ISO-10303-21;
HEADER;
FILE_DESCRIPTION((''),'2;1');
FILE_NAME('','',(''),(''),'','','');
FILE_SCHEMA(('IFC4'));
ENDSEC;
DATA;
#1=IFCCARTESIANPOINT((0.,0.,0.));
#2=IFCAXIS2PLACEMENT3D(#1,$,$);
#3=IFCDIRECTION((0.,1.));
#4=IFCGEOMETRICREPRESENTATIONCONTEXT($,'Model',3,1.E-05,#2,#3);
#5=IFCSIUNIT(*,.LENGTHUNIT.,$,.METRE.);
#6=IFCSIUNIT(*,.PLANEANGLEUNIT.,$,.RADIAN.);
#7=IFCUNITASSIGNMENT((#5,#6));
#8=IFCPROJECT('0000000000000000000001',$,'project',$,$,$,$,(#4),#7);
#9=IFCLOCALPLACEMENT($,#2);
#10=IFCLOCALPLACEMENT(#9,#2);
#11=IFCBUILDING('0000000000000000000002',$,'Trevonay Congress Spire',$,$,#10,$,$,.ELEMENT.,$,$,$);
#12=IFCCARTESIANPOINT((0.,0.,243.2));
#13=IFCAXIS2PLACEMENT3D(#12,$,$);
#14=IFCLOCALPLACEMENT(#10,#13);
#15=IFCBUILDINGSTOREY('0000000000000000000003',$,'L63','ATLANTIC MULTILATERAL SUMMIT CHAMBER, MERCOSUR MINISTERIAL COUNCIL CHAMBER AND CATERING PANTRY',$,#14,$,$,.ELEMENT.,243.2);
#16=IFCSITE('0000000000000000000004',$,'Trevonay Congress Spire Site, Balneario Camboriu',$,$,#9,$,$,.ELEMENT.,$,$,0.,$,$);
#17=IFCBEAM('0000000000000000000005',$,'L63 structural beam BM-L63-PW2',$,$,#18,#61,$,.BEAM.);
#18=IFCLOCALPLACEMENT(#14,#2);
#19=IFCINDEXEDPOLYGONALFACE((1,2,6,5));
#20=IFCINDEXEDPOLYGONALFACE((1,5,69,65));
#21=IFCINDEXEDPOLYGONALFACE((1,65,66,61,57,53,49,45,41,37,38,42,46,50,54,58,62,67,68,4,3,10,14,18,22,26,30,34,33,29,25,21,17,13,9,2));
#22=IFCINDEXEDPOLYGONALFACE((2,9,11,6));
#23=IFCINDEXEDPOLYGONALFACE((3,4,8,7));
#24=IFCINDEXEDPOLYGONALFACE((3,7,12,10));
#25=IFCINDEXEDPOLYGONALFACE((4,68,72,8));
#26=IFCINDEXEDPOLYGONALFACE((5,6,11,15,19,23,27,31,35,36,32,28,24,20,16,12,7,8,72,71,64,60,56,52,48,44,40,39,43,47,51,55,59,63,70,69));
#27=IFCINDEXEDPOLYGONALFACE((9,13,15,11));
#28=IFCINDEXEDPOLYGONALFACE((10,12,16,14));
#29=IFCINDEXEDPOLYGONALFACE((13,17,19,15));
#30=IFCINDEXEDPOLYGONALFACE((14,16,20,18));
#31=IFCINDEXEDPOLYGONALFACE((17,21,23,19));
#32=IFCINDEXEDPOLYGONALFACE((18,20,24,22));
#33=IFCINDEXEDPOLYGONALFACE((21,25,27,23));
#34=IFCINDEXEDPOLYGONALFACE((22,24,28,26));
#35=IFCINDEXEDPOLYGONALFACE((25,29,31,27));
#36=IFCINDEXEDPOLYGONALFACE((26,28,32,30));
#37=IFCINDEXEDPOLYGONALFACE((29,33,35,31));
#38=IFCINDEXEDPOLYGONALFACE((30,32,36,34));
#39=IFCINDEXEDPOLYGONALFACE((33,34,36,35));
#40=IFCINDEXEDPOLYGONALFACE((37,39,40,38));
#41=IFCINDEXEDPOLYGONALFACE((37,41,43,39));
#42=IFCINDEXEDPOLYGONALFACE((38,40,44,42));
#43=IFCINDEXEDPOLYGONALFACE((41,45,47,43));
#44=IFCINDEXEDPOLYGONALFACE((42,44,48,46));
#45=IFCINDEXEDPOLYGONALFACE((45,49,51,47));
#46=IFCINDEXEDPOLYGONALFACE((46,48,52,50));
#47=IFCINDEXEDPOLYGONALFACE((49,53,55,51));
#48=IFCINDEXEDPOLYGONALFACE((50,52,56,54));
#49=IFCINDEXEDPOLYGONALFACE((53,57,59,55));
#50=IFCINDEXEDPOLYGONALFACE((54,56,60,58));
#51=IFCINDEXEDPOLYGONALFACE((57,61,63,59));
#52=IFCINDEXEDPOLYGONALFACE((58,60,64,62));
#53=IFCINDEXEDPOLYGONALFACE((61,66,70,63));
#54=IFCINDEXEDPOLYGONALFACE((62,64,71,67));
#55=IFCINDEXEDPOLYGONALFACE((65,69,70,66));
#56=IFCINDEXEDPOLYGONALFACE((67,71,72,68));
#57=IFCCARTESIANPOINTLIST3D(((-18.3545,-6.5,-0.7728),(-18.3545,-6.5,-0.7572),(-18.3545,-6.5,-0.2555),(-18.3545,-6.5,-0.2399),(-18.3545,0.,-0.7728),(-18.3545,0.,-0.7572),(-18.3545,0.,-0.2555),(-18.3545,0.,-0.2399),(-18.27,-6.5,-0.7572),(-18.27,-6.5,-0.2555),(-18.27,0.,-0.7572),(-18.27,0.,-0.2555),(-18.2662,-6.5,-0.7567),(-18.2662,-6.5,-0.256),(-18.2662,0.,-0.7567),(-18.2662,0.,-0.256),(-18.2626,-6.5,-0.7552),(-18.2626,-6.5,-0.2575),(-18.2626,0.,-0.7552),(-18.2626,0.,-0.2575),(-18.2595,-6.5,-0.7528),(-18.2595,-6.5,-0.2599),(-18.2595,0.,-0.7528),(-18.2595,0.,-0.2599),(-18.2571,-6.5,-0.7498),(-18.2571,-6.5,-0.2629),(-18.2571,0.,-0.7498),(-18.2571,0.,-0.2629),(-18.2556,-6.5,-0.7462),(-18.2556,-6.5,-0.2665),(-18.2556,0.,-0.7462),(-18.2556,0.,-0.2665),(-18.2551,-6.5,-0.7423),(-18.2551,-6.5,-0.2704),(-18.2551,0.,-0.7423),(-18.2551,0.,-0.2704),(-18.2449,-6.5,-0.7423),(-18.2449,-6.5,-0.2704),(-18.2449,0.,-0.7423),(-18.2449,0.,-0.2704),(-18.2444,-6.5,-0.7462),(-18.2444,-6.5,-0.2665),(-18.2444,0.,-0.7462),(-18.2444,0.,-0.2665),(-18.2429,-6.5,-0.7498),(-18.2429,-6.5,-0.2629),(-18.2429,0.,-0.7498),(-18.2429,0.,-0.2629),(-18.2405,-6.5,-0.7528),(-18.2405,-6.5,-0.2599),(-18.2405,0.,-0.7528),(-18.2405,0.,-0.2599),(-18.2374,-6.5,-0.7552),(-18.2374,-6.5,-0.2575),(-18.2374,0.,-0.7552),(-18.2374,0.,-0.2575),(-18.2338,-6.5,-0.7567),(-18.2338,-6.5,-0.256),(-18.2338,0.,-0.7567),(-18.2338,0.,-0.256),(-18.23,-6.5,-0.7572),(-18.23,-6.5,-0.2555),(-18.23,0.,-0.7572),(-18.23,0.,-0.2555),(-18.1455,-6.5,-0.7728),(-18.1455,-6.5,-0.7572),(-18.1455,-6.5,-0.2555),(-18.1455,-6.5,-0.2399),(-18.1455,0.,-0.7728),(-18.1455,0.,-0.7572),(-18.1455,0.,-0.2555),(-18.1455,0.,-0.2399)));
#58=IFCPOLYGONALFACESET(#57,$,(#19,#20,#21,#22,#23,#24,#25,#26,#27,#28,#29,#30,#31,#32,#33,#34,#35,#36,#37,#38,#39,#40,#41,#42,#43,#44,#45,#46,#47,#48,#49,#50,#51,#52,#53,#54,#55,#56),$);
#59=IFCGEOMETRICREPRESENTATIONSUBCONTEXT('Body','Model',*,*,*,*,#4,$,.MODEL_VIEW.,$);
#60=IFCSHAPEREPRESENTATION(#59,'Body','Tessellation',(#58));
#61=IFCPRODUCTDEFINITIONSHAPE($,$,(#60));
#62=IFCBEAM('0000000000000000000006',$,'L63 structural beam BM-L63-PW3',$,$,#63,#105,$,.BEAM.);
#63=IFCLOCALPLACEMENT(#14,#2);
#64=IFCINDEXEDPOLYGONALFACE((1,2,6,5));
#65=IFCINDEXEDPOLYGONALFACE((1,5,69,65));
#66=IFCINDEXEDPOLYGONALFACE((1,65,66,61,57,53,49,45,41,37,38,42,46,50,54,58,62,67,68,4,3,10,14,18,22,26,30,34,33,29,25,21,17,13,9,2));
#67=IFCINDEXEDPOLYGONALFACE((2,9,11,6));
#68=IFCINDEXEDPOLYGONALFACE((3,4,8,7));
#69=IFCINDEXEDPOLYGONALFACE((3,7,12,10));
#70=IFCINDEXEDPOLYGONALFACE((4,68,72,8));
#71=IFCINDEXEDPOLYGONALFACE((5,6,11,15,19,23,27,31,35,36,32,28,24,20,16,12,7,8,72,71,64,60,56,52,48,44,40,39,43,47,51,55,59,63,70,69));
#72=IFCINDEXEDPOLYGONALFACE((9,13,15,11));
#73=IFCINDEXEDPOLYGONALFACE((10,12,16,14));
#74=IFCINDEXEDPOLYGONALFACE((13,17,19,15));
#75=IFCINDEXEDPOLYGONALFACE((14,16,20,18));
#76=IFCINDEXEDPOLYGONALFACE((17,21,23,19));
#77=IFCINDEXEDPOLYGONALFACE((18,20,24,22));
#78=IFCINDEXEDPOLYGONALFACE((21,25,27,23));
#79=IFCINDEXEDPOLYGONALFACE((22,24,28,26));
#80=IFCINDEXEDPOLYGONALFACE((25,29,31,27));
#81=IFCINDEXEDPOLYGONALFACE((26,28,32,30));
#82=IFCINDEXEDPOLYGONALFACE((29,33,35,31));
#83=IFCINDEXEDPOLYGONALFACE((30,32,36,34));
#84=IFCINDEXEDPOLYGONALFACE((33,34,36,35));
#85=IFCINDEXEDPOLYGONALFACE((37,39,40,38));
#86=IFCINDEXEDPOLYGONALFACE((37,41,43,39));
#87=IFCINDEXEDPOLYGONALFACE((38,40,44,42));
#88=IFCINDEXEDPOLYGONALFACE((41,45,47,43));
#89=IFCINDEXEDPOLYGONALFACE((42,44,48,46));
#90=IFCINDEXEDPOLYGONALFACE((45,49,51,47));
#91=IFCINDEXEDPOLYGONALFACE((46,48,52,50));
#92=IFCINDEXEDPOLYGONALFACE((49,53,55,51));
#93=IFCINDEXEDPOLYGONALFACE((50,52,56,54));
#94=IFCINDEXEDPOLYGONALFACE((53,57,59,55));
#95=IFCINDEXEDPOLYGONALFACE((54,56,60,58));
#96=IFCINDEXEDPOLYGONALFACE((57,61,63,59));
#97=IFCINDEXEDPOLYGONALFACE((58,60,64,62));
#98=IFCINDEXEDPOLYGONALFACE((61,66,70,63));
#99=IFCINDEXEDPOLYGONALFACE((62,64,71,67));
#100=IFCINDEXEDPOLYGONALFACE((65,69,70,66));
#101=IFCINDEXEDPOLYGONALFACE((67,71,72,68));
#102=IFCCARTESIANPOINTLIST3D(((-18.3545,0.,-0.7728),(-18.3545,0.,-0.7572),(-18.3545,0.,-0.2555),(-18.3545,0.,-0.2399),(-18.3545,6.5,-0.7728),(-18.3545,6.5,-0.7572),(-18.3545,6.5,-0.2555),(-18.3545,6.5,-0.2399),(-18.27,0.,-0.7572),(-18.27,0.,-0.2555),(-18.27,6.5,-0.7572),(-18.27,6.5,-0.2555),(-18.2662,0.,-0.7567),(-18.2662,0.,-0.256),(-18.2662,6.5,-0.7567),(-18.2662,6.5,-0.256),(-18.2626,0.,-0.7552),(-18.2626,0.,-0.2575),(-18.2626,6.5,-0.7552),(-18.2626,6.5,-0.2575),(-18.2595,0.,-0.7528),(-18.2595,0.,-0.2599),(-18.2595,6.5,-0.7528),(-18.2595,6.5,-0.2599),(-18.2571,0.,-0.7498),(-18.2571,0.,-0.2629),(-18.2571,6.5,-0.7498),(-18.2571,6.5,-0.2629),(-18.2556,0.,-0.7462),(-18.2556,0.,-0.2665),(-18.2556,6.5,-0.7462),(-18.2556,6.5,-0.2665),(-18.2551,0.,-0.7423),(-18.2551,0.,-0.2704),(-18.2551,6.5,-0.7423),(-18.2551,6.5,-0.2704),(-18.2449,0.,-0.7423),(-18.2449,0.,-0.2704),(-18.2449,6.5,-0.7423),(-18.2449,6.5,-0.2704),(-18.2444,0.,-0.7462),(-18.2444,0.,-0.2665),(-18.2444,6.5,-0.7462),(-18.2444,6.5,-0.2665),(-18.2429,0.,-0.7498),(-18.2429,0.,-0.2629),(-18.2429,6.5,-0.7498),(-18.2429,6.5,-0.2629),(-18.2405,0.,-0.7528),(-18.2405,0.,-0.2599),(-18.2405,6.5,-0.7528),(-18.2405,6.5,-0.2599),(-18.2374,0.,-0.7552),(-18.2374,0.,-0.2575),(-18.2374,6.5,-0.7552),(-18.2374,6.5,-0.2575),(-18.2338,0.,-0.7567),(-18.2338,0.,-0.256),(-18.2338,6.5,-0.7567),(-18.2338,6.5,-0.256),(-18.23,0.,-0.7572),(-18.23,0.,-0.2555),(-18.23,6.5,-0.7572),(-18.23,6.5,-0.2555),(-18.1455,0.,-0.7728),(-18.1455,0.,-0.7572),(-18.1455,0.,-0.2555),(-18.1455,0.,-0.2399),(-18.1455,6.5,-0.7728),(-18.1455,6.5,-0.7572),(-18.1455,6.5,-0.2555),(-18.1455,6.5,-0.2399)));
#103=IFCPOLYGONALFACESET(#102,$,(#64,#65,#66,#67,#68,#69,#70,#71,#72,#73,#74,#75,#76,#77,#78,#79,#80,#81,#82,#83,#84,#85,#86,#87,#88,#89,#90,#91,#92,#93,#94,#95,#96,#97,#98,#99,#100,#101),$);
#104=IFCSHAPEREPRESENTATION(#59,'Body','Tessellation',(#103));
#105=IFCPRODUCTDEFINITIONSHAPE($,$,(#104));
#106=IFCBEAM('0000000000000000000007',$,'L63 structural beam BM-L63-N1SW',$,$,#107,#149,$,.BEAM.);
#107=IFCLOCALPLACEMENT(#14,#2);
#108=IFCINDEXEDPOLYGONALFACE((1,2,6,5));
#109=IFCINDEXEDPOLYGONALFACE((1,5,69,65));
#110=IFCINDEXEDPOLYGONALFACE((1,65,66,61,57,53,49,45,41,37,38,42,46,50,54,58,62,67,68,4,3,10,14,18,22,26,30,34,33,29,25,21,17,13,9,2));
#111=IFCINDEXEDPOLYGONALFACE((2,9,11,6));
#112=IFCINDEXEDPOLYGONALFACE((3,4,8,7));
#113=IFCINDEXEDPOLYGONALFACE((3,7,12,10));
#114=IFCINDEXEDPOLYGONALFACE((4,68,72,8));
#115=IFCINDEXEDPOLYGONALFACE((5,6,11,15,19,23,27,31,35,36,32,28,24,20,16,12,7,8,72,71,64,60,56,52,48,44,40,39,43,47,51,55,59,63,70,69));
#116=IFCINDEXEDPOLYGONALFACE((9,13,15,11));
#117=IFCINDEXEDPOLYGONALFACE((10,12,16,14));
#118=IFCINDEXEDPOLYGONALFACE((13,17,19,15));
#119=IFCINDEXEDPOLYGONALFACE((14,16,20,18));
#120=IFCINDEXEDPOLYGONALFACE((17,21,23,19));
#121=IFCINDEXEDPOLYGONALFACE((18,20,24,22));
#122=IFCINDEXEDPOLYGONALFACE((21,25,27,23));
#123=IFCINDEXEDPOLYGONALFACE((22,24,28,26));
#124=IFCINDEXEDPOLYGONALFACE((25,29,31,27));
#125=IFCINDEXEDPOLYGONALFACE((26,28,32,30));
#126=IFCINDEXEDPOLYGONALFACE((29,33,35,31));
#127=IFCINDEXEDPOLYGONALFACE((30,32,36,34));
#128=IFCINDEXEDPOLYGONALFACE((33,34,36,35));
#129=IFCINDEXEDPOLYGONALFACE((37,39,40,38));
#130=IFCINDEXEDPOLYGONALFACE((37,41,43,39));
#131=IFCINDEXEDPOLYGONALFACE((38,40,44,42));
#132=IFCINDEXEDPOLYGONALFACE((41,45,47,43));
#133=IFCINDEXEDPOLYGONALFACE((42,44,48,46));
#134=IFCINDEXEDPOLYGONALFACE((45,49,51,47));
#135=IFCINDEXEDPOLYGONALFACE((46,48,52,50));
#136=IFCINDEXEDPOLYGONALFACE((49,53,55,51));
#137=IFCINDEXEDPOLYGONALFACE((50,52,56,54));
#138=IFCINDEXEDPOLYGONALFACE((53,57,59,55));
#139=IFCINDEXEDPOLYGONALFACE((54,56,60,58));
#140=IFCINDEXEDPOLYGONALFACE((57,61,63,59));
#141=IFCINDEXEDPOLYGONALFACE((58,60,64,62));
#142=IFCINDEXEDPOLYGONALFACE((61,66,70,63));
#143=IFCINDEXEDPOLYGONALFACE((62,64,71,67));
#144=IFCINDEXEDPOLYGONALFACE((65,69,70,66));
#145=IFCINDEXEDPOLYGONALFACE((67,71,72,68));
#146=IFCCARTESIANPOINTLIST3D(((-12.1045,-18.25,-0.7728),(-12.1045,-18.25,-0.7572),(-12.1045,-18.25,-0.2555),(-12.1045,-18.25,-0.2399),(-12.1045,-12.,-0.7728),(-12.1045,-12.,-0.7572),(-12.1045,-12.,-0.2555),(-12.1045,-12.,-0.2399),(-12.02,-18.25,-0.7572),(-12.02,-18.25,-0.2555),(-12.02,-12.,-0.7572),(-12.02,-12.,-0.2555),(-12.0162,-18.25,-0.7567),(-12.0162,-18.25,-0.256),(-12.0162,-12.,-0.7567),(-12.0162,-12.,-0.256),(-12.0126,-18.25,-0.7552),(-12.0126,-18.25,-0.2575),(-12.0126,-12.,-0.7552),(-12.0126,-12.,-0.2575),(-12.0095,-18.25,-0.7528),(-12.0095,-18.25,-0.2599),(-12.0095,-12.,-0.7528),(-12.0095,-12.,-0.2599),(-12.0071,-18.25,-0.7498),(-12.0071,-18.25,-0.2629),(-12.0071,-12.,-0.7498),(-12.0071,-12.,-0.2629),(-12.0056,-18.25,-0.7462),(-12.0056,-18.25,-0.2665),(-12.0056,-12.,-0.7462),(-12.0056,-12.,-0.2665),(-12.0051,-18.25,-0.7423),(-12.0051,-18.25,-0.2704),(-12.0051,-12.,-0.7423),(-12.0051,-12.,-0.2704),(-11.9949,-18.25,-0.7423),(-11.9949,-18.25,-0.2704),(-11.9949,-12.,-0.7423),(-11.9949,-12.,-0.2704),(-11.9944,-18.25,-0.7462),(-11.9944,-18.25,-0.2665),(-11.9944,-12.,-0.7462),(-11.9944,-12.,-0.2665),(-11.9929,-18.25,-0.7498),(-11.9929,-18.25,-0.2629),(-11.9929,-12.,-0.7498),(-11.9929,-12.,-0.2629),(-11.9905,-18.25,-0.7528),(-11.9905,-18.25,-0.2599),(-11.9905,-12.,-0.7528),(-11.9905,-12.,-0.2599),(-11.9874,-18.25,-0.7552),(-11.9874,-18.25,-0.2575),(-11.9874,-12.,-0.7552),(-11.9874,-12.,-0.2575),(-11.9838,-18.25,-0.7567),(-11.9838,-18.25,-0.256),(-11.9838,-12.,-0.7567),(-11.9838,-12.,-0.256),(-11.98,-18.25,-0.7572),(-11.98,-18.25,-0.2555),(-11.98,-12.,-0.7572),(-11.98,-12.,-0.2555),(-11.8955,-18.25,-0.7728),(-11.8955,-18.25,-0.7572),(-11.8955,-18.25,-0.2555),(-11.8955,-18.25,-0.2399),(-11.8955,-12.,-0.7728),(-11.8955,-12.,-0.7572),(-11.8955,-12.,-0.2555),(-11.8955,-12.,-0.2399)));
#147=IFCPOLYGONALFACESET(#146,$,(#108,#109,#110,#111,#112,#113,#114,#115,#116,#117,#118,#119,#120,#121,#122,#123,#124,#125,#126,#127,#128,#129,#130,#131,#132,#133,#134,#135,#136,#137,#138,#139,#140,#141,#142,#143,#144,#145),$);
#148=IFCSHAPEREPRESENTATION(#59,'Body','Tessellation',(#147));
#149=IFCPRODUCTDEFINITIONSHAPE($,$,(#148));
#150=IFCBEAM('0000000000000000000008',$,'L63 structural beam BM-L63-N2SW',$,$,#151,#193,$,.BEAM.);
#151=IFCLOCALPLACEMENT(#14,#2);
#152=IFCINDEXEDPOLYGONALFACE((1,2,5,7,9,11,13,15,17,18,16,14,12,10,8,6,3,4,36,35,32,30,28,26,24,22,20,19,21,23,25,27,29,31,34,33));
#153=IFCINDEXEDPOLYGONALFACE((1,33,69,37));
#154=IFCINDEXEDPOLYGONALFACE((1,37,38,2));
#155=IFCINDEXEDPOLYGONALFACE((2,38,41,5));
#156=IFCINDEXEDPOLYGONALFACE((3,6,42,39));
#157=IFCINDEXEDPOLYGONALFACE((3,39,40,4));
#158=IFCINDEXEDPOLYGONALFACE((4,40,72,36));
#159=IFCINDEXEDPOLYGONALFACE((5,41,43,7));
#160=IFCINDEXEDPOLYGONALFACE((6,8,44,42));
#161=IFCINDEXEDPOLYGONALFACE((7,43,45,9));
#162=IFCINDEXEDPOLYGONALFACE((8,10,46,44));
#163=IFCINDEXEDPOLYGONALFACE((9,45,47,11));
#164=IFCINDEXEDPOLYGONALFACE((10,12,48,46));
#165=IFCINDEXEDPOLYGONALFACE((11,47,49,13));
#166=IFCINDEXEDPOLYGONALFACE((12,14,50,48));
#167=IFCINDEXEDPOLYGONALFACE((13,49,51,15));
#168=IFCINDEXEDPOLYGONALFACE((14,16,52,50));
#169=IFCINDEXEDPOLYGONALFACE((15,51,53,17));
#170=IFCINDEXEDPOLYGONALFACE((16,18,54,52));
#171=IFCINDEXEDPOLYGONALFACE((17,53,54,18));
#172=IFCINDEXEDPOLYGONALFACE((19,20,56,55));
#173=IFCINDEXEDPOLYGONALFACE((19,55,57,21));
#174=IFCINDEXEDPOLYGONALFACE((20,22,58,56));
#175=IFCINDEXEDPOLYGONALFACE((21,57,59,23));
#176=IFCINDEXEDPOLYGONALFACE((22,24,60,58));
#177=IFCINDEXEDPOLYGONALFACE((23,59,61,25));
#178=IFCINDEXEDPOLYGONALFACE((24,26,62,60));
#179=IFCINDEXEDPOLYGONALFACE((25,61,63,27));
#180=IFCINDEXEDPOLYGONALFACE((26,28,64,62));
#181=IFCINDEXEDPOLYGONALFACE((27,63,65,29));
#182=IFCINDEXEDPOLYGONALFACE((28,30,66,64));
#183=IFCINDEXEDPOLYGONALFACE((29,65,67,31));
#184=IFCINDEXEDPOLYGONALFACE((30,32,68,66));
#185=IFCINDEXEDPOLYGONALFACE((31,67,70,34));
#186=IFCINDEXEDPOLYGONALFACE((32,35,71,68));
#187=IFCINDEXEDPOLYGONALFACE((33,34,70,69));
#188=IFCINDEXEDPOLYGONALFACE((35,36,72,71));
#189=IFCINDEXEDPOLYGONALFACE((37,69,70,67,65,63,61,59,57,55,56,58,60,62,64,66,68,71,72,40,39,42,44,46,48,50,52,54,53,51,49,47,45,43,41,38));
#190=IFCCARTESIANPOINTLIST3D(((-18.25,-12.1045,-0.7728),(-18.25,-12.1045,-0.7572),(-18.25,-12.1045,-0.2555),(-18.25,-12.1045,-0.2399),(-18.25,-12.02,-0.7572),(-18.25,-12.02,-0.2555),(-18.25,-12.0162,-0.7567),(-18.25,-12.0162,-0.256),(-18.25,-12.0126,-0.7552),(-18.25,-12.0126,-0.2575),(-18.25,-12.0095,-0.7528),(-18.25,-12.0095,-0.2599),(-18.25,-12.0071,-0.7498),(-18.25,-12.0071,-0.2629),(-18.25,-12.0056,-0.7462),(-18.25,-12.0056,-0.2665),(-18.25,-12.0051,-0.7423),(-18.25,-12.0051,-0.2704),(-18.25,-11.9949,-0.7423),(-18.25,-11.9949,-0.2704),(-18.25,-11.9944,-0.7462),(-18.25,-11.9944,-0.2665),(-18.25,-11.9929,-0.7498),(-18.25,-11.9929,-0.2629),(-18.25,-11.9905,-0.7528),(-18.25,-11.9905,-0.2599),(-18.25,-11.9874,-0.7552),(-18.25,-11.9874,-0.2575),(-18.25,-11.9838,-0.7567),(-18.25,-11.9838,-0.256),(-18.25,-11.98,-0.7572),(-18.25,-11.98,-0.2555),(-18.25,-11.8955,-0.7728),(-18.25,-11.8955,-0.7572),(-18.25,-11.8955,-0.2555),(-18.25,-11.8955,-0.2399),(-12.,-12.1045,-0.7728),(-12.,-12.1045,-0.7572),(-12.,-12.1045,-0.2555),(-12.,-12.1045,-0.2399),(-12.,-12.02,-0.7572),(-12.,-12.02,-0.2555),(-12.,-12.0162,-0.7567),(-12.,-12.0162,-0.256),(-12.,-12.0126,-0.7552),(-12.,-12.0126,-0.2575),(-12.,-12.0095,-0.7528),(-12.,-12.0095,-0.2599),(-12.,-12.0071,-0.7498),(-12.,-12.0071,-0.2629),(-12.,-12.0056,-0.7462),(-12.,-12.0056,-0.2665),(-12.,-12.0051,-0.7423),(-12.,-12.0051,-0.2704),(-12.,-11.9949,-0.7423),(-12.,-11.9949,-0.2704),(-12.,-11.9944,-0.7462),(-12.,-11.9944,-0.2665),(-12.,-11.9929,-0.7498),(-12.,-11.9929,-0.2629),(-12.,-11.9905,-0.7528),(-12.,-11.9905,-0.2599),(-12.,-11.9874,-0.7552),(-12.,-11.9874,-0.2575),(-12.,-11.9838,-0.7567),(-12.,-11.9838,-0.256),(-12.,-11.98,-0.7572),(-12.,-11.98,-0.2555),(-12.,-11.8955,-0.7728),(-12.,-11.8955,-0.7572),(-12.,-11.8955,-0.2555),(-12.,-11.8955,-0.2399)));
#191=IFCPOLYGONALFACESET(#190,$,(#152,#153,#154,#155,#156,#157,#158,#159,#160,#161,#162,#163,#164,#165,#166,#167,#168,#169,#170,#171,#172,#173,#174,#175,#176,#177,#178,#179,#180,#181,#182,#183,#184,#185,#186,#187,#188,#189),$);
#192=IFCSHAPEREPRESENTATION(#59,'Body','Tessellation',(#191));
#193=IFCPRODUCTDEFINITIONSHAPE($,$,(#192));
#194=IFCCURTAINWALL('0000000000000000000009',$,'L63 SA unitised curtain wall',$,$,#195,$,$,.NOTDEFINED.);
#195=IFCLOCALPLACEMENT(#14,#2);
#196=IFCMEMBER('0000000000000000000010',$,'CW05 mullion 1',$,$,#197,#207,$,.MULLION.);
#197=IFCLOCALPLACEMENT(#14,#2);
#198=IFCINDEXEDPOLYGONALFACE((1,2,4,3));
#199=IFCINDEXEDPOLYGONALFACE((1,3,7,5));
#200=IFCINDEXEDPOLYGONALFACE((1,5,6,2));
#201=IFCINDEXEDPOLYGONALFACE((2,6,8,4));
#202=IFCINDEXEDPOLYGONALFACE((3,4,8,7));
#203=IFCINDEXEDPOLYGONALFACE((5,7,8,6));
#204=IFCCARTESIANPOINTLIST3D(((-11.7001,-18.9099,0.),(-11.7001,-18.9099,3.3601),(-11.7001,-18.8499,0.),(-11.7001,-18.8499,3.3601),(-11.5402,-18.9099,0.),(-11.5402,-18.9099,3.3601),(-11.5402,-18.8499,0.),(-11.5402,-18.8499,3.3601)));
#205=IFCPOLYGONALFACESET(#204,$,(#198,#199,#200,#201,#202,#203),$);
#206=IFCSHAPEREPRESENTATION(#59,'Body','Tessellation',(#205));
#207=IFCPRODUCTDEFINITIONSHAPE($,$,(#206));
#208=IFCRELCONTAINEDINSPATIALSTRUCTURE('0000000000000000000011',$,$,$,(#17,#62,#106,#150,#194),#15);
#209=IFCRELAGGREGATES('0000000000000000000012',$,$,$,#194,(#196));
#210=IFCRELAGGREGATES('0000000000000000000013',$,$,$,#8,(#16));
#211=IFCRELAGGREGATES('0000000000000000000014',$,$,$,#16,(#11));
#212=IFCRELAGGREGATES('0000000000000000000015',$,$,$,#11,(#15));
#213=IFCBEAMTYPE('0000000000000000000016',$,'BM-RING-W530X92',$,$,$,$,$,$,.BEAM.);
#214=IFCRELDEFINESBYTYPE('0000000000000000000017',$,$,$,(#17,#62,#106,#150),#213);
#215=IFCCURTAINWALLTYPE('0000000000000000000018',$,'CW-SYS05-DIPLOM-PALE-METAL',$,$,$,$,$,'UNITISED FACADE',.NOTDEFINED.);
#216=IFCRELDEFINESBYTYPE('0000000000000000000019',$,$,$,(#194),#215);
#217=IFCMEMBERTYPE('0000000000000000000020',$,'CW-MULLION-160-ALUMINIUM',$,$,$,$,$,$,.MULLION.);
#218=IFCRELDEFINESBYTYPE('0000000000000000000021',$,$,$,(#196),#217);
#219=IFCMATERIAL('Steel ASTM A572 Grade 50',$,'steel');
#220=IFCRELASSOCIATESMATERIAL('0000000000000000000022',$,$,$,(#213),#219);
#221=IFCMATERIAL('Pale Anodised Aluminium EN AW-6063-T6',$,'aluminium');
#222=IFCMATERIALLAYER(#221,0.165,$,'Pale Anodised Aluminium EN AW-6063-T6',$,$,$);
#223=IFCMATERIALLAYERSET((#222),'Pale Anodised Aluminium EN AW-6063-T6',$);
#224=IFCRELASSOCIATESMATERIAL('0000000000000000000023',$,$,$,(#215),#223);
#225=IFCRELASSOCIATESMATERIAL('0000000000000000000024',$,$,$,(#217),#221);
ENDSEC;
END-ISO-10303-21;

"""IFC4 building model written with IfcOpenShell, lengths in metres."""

from ifc_helpers import new_model, si_unit, direction, frame, origin, origin_2d, place, context, subcontext, project, spatial, rectangle, i_section, extrude, material, layer, layer_set, material_profile, profile_set, type_object, element, aggregate, save


model = new_model("IFC4")

# Units and contexts
model_context = context("Model", 3, precision=1e-05, world=origin(), true_north=direction((0.0, 1.0)))
body_context = subcontext(model_context, "Body", "Model", "MODEL_VIEW")
ifc_project = project(units=[si_unit("LENGTHUNIT", "METRE"), si_unit("PLANEANGLEUNIT", "RADIAN")], contexts=[model_context])

# Site, building, storey
site_placement = place(None, origin())
site = spatial("IfcSite", under=ifc_project, at=site_placement, Name="Trevonay Congress Spire Site, Balneario Camboriu", CompositionType="ELEMENT", RefElevation=0.0)
building_placement = place(site_placement, origin())
building = spatial("IfcBuilding", under=site, at=building_placement, Name="Trevonay Congress Spire", CompositionType="ELEMENT")
storey_placement = place(building_placement, frame((0.0, 0.0, 243.2)))
storey = spatial("IfcBuildingStorey", under=building, at=storey_placement, Name="L63", Description="ATLANTIC MULTILATERAL SUMMIT CHAMBER, MERCOSUR MINISTERIAL COUNCIL CHAMBER AND CATERING PANTRY", CompositionType="ELEMENT", Elevation=243.2)

# Shared definitions
ifc_material_1 = material(Name="Steel ASTM A572 Grade 50", Category="steel")

# Beams
ifc_material_profile_1 = material_profile(ifc_material_1, i_section(OverallWidth=0.209, OverallDepth=0.533, WebThickness=0.0103, FlangeThickness=0.0156, FilletRadius=0.0149, at=origin_2d()), Name="W530x92")
ifc_profile_set_1 = profile_set([ifc_material_profile_1], Name="Steel ASTM A572 Grade 50")
beam_type_1 = type_object("IfcBeamType", Name="BM-RING-W530X92", PredefinedType="BEAM", material=ifc_profile_set_1)
for number, where, z_axis, x_axis, name in (
    (1, (-18.25, -6.5, -0.5063), (0.0, 1.0, 0.0), (-1.0, 0.0, 0.0), "L63 structural beam BM-L63-PW2"),
    (2, (-18.25, 0.0, -0.5063), (0.0, 1.0, 0.0), (-1.0, 0.0, 0.0), "L63 structural beam BM-L63-PW3"),
):
    element("IfcBeam", number, at=place(storey_placement, frame(where, z_axis=z_axis, x_axis=x_axis)), inside=storey, type_object=beam_type_1, Name=name, PredefinedType="BEAM", context=body_context, shape_type="SweptSolid", body=[
        extrude(i_section(OverallWidth=0.209, OverallDepth=0.533, WebThickness=0.0103, FlangeThickness=0.0156, FilletRadius=0.0149, at=origin_2d()), origin(), (0.0, 0.0, 1.0), 6.5),
    ])
for number, where, z_axis, x_axis, name in (
    (3, (-12.0, -18.25, -0.5063), (0.0, 1.0, 0.0), (-1.0, 0.0, 0.0), "L63 structural beam BM-L63-N1SW"),
    (4, (-18.25, -12.0, -0.5063), (1.0, 0.0, 0.0), (0.0, 1.0, 0.0), "L63 structural beam BM-L63-N2SW"),
):
    element("IfcBeam", number, at=place(storey_placement, frame(where, z_axis=z_axis, x_axis=x_axis)), inside=storey, type_object=beam_type_1, Name=name, PredefinedType="BEAM", context=body_context, shape_type="SweptSolid", body=[
        extrude(i_section(OverallWidth=0.209, OverallDepth=0.533, WebThickness=0.0103, FlangeThickness=0.0156, FilletRadius=0.0149, at=origin_2d()), origin(), (0.0, 0.0, 1.0), 6.25),
    ])

# Curtain wall, member
ifc_material_2 = material(Name="Pale Anodised Aluminium EN AW-6063-T6", Category="aluminium")
ifc_layer_1 = layer(ifc_material_2, 0.165, Name="Pale Anodised Aluminium EN AW-6063-T6")
ifc_layer_set_1 = layer_set([ifc_layer_1], Name="Pale Anodised Aluminium EN AW-6063-T6")
curtain_wall_type = type_object("IfcCurtainWallType", Name="CW-SYS05-DIPLOM-PALE-METAL", ElementType="UNITISED FACADE", PredefinedType="NOTDEFINED", material=ifc_layer_set_1)
curtain_wall_1_placement = place(storey_placement, origin())
curtain_wall_1 = element("IfcCurtainWall", 5, at=curtain_wall_1_placement, inside=storey, type_object=curtain_wall_type, Name="L63 SA unitised curtain wall", PredefinedType="NOTDEFINED")
ifc_material_profile_2 = material_profile(ifc_material_2, rectangle(XDim=0.0601, YDim=0.1599, at=origin_2d()), Name="CW-MULLION-160-ALUMINIUM")
ifc_profile_set_2 = profile_set([ifc_material_profile_2], Name="Pale Anodised Aluminium EN AW-6063-T6")
member_type_1 = type_object("IfcMemberType", Name="CW-MULLION-160-ALUMINIUM", PredefinedType="MULLION", material=ifc_profile_set_2)
member_1_placement = place(storey_placement, frame((-11.6201, -18.8799, 0.0), z_axis=(0.0, 0.0, 1.0), x_axis=(0.0, 1.0, 0.0)))
member_1 = element("IfcMember", 6, at=member_1_placement, type_object=member_type_1, Name="CW05 mullion 1", PredefinedType="MULLION", context=body_context, shape_type="SweptSolid", body=[
    extrude(rectangle(XDim=0.0601, YDim=0.1599, at=origin_2d()), origin(), (0.0, 0.0, 1.0), 3.3601),
])

aggregate(curtain_wall_1, [member_1])

save(model, "model.ifc")
